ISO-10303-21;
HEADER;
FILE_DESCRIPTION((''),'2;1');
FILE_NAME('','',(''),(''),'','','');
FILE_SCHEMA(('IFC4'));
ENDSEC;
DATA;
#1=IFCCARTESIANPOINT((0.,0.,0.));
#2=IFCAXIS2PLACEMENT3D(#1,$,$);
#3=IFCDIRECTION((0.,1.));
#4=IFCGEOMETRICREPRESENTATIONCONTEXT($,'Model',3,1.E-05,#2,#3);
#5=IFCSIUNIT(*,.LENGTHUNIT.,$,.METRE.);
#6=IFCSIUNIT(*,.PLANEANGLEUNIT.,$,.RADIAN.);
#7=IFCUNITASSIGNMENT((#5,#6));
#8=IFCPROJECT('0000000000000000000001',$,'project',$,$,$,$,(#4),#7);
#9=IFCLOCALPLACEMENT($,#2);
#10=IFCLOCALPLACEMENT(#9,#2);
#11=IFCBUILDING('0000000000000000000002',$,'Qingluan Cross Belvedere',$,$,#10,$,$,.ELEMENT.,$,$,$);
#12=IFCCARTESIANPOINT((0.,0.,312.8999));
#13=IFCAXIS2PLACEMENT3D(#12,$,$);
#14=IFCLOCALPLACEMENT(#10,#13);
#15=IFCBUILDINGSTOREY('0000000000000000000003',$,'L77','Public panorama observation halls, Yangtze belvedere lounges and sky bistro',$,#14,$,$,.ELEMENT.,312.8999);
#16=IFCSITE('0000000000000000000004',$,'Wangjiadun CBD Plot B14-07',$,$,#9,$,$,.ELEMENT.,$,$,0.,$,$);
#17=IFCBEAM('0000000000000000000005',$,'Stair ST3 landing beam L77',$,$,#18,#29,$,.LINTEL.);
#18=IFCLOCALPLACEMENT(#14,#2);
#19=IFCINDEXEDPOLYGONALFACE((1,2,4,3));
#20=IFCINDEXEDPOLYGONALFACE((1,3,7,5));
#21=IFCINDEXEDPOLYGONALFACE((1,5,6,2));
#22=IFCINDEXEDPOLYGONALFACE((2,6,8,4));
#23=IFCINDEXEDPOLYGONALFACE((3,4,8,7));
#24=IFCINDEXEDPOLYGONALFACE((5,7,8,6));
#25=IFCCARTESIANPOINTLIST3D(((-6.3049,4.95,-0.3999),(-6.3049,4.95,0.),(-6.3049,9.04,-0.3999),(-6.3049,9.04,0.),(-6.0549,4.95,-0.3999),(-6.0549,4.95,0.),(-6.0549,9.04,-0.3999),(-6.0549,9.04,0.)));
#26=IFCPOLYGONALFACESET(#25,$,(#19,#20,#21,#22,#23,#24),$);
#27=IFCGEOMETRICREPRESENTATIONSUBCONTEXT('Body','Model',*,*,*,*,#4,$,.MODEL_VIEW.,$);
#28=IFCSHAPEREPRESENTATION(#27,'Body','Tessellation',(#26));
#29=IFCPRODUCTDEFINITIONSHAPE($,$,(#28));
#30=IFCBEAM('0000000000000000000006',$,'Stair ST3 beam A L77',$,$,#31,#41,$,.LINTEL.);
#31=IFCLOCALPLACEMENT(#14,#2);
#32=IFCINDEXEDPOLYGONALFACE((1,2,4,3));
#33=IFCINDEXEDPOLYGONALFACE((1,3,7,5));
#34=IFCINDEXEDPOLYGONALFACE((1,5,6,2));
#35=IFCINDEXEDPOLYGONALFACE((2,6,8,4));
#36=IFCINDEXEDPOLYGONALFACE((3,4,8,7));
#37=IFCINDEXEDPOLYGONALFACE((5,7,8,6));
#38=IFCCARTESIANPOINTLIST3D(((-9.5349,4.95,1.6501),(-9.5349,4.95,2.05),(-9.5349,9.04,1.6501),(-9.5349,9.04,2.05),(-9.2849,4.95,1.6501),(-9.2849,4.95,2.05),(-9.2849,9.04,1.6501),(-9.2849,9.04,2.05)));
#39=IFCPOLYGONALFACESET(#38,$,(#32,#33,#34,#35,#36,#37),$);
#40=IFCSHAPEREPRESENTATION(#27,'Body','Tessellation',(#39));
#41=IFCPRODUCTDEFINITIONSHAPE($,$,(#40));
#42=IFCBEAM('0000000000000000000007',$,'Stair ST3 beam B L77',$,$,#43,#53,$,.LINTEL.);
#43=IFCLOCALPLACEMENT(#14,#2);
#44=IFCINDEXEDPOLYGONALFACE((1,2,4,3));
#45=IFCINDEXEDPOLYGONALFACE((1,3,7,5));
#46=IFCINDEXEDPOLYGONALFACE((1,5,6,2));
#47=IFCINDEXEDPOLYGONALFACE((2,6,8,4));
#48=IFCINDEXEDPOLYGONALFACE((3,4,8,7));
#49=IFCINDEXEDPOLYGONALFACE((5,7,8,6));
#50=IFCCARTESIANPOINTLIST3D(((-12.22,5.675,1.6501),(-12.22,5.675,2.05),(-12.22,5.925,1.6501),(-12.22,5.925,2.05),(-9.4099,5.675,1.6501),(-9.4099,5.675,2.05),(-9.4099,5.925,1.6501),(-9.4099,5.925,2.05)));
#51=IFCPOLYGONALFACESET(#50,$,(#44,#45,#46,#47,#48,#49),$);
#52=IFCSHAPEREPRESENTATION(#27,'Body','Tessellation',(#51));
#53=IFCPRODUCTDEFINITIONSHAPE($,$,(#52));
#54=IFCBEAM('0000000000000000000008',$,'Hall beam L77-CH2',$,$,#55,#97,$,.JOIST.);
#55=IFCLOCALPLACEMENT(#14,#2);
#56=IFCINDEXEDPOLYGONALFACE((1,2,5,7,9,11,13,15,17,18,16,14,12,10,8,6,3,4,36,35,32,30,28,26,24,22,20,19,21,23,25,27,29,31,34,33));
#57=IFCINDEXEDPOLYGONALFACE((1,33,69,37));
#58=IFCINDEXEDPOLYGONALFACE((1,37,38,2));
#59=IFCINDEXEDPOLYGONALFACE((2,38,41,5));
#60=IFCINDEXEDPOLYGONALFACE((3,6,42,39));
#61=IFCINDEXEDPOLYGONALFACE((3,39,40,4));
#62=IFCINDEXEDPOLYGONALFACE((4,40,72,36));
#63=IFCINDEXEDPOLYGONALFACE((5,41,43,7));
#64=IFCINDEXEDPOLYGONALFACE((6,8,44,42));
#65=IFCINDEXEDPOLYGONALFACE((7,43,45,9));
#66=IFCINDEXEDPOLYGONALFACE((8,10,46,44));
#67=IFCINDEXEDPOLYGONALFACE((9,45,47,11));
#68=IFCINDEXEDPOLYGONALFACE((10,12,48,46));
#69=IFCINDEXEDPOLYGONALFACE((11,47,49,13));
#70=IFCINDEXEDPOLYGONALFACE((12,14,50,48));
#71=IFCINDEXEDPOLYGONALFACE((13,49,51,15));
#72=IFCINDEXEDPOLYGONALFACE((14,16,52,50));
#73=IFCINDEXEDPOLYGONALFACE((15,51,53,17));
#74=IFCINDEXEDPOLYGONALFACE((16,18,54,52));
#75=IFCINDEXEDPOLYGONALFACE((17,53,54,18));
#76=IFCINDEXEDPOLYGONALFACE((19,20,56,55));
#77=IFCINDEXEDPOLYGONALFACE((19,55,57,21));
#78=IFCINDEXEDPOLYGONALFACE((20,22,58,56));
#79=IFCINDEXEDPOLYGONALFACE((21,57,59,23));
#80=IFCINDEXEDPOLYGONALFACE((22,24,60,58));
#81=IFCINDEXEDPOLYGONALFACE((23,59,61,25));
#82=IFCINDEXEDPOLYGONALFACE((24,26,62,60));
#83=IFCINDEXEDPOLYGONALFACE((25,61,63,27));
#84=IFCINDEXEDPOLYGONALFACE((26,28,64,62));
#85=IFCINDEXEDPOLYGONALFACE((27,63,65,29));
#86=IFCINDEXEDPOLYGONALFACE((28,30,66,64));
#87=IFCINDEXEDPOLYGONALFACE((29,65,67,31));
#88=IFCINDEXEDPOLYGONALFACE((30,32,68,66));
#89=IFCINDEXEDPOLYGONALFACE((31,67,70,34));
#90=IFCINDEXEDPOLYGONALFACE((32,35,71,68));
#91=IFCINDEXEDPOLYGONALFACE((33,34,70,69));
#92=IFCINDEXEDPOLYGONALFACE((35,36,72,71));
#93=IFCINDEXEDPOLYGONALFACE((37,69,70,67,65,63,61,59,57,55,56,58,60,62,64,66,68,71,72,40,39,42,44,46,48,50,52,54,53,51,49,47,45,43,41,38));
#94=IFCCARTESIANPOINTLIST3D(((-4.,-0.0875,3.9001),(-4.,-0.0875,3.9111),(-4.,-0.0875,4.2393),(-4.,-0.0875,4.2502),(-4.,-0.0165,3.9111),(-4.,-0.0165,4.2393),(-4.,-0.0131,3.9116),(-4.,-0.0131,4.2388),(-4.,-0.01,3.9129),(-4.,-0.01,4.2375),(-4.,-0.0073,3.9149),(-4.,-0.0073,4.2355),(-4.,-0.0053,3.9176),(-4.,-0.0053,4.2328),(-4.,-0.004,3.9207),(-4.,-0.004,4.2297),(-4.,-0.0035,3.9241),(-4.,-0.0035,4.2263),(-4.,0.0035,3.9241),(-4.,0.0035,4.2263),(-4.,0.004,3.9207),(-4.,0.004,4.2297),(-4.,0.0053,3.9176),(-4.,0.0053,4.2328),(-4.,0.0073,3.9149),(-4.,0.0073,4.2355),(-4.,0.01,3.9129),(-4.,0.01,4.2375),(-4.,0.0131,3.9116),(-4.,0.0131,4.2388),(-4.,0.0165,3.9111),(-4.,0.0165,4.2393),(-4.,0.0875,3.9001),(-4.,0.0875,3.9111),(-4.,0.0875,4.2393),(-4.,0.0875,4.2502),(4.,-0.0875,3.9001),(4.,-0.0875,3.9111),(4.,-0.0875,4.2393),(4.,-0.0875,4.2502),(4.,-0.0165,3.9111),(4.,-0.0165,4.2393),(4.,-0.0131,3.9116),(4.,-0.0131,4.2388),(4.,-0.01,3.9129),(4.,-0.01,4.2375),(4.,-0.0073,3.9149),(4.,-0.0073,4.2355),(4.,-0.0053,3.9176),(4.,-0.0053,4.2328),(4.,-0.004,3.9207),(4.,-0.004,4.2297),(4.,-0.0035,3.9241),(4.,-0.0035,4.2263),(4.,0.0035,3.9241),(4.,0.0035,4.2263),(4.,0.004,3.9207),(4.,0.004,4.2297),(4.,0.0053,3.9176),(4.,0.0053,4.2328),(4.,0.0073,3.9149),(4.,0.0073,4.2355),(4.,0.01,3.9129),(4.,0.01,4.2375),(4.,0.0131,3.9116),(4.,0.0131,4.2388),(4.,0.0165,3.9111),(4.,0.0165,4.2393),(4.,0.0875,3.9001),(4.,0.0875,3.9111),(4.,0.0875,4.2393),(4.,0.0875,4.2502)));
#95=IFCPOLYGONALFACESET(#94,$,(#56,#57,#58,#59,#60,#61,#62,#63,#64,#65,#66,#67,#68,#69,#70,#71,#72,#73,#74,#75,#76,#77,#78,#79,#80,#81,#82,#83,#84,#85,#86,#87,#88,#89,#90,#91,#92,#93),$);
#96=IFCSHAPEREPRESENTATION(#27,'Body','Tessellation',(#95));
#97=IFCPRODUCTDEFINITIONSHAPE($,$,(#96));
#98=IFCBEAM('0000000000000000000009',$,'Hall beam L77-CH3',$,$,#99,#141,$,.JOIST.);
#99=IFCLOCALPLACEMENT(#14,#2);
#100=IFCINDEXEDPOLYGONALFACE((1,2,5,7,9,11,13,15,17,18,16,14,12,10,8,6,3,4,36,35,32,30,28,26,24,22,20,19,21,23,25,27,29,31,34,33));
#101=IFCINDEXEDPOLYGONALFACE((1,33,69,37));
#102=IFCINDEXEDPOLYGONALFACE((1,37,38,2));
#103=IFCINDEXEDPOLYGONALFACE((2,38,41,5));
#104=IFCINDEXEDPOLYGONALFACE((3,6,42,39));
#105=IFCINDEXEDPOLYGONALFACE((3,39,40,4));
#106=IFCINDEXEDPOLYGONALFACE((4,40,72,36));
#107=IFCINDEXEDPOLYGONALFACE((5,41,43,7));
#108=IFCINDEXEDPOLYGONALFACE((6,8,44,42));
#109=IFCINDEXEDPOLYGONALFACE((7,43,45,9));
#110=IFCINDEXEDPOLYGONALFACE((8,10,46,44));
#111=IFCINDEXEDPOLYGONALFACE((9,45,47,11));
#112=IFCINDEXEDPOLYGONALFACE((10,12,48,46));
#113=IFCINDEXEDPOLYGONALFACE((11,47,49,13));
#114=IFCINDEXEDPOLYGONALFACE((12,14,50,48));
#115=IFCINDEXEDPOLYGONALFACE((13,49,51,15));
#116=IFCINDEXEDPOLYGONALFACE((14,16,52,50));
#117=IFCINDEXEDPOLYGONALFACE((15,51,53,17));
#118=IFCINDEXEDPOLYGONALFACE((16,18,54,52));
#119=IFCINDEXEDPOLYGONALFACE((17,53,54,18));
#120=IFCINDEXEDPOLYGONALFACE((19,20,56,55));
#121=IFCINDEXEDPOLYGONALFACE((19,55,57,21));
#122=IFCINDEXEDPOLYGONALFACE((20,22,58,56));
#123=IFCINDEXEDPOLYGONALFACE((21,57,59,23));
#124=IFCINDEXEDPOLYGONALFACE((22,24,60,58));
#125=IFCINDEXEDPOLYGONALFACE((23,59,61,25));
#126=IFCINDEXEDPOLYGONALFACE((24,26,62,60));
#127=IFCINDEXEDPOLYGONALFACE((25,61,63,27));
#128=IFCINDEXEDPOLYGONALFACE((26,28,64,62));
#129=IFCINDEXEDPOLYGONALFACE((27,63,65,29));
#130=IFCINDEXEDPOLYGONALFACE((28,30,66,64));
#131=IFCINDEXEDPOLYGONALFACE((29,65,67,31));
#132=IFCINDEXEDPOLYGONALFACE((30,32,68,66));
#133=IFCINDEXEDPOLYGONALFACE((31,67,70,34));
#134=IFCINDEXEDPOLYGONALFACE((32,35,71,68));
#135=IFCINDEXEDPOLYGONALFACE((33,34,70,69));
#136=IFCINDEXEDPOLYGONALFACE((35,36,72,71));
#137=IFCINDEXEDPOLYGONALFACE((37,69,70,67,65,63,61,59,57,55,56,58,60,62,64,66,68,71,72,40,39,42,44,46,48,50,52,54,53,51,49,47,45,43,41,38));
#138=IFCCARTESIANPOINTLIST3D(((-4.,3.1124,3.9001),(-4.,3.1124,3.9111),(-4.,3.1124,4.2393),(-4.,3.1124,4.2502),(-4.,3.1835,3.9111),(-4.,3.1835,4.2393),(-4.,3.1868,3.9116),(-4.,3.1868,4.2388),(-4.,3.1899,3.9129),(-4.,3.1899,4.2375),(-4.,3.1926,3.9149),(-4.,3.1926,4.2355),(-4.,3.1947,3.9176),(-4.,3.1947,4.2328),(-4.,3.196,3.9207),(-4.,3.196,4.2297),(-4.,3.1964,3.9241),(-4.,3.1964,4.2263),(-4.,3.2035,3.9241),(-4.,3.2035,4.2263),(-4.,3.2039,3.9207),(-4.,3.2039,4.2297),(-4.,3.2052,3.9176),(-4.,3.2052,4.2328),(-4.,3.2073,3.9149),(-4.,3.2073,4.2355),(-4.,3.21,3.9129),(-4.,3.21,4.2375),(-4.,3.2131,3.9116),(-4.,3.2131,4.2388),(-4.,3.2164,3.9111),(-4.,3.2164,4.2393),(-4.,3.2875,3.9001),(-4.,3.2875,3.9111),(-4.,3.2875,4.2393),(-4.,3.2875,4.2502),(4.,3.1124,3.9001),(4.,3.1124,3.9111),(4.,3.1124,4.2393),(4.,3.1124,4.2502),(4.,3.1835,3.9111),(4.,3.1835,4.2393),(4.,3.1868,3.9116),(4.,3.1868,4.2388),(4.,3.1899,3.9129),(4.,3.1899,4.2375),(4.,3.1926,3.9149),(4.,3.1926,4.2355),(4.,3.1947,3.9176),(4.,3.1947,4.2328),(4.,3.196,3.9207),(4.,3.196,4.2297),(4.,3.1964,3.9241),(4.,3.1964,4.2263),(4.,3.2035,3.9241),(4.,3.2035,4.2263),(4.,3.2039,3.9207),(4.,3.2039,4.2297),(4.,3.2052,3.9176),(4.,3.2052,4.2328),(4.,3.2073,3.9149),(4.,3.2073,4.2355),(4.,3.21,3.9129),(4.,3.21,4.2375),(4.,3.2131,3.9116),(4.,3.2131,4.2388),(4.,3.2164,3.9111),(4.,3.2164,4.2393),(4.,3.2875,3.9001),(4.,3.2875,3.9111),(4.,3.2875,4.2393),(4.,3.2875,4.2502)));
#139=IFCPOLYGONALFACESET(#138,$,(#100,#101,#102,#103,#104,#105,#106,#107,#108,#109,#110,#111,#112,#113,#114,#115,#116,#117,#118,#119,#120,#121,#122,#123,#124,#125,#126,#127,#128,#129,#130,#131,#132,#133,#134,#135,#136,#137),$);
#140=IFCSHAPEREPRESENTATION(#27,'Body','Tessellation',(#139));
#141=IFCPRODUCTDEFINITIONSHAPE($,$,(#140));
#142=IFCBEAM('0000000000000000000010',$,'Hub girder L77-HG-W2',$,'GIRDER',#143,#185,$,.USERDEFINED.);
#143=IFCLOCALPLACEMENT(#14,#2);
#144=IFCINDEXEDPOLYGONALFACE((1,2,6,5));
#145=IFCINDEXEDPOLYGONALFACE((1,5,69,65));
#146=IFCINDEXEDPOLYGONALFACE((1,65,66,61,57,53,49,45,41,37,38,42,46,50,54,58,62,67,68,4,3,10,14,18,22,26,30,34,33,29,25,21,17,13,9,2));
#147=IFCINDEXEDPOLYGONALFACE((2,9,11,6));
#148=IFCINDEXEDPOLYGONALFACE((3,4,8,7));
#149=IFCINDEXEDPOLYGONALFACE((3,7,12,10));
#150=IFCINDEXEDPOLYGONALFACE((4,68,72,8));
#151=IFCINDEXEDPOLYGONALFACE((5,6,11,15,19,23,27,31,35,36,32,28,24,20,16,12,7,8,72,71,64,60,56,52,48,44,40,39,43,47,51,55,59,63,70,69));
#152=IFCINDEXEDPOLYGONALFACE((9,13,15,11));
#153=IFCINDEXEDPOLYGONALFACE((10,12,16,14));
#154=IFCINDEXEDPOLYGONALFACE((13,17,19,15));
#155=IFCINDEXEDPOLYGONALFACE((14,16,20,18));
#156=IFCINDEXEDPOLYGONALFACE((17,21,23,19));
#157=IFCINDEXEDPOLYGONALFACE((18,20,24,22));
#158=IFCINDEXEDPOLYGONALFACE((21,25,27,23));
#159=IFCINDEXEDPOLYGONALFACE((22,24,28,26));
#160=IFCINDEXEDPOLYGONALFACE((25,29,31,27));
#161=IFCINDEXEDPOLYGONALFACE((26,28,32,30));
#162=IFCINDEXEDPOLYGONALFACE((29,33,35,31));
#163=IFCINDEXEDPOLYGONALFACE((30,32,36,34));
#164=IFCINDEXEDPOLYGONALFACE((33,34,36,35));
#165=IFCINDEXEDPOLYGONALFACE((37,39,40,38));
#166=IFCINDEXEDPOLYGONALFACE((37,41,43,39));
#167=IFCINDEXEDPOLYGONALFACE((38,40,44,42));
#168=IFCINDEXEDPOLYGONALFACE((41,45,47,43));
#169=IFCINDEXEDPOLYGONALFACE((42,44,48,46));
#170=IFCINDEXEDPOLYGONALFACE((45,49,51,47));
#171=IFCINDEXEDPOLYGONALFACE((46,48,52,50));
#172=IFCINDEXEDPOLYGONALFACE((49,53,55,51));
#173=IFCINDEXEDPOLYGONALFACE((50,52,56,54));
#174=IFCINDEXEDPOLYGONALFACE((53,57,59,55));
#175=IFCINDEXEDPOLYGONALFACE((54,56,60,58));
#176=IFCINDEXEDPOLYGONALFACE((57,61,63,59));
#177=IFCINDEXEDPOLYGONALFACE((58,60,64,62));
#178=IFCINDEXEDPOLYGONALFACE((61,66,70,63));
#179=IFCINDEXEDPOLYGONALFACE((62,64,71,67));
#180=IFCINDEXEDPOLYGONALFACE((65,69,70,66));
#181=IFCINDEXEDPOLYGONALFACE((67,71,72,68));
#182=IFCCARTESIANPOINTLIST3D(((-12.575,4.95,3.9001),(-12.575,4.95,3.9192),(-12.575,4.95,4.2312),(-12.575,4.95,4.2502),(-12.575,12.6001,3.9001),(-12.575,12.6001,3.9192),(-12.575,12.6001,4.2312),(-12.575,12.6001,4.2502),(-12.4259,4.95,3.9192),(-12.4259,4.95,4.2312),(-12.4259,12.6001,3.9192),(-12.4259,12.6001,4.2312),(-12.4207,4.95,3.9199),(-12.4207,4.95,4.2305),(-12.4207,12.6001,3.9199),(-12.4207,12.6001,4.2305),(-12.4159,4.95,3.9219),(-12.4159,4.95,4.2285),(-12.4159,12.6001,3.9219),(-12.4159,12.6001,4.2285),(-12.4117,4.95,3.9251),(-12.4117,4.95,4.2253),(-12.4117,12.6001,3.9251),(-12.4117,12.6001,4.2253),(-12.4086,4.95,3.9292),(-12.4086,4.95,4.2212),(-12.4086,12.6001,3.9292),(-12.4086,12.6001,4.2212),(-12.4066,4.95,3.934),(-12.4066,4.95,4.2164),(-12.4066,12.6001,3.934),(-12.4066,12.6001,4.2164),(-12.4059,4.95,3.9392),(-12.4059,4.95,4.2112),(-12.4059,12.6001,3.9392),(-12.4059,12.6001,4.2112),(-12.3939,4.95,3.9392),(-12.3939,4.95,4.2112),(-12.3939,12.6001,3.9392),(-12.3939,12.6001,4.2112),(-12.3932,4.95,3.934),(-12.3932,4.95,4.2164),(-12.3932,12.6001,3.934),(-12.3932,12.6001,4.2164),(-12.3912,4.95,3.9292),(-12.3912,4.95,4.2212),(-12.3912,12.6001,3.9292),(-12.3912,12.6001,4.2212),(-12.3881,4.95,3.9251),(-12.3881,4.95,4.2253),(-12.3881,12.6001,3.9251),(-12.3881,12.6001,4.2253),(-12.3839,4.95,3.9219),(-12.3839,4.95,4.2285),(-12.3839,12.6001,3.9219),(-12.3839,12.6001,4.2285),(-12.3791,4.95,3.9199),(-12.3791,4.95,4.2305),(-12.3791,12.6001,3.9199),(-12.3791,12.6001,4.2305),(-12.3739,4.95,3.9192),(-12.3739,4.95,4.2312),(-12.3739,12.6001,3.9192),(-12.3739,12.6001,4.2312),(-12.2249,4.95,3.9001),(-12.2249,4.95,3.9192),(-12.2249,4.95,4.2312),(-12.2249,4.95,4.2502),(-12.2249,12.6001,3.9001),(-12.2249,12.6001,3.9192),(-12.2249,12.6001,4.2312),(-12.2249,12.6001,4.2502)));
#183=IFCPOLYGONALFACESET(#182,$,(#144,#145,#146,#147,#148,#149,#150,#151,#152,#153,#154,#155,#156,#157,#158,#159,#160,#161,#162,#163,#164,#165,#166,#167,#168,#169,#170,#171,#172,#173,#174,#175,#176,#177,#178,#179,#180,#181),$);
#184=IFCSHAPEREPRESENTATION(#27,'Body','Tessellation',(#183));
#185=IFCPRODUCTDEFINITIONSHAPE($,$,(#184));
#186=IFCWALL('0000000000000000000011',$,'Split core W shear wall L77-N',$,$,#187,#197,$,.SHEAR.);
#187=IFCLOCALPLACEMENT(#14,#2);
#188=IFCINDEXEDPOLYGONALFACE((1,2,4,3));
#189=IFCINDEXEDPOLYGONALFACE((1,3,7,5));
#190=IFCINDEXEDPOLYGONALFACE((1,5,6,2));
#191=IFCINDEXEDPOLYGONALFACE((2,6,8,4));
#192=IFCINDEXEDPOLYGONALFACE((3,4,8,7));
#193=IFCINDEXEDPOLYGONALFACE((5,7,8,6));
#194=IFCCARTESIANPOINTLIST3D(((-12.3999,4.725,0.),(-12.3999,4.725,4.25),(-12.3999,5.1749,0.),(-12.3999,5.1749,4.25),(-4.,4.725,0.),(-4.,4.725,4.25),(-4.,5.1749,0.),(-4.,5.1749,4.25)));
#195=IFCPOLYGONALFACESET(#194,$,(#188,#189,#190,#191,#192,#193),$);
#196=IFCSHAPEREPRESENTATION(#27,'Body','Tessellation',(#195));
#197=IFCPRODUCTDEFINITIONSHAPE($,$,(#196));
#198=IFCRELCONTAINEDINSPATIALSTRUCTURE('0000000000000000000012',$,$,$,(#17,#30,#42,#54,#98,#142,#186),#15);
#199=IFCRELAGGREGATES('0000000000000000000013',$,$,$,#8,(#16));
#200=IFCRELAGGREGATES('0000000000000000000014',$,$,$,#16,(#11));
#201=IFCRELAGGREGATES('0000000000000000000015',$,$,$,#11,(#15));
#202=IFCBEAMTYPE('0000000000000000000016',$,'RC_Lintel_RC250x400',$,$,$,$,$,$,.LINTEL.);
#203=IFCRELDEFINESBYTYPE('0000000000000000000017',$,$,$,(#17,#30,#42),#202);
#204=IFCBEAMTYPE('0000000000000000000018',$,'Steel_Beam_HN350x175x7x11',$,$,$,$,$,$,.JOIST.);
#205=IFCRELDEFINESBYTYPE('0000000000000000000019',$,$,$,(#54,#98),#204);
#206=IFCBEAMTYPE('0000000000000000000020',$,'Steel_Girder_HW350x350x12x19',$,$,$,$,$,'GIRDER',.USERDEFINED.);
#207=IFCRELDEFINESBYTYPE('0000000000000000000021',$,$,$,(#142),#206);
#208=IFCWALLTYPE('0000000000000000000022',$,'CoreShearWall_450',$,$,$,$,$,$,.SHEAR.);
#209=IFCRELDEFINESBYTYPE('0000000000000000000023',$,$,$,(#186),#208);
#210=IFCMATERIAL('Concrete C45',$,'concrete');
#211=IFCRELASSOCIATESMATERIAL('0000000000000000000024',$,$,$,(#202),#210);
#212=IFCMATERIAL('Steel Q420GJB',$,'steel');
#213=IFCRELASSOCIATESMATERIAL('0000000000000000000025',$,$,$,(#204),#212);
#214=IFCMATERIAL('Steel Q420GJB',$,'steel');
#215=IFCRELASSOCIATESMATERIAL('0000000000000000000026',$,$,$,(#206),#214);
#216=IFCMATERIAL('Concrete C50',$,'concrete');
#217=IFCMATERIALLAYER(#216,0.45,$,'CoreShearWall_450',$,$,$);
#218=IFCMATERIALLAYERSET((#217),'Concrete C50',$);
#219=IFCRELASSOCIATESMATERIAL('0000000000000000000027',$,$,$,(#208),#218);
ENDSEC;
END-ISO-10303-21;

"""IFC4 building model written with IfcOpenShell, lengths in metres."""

from ifc_helpers import new_model, si_unit, direction, frame, frame_2d, origin, origin_2d, place, context, subcontext, project, spatial, rectangle, i_section, extrude, material, layer, layer_set, material_profile, profile_set, type_object, element, save


model = new_model("IFC4")

# Units and contexts
model_context = context("Model", 3, precision=1e-05, world=origin(), true_north=direction((0.0, 1.0)))
body_context = subcontext(model_context, "Body", "Model", "MODEL_VIEW")
ifc_project = project(units=[si_unit("LENGTHUNIT", "METRE"), si_unit("PLANEANGLEUNIT", "RADIAN")], contexts=[model_context])

# Site, building, storey
site_placement = place(None, origin())
site = spatial("IfcSite", under=ifc_project, at=site_placement, Name="Wangjiadun CBD Plot B14-07", CompositionType="ELEMENT", RefElevation=0.0)
building_placement = place(site_placement, origin())
building = spatial("IfcBuilding", under=site, at=building_placement, Name="Qingluan Cross Belvedere", CompositionType="ELEMENT")
storey_placement = place(building_placement, frame((0.0, 0.0, 312.8999)))
storey = spatial("IfcBuildingStorey", under=building, at=storey_placement, Name="L77", Description="Public panorama observation halls, Yangtze belvedere lounges and sky bistro", CompositionType="ELEMENT", Elevation=312.8999)

# Beams
ifc_material_1 = material(Name="Concrete C45", Category="concrete")
ifc_material_profile_1 = material_profile(ifc_material_1, rectangle(XDim=0.25, YDim=0.3999, at=origin_2d()), Name="RC250x400")
ifc_profile_set_1 = profile_set([ifc_material_profile_1], Name="Concrete C45")
beam_type_1 = type_object("IfcBeamType", Name="RC_Lintel_RC250x400", PredefinedType="LINTEL", material=ifc_profile_set_1)
for number, where, z_axis, x_axis, name in (
    (1, (-6.1799, 4.95, -0.2), (0.0, 1.0, 0.0), (-1.0, 0.0, 0.0), "Stair ST3 landing beam L77"),
    (2, (-9.4099, 4.95, 1.8501), (0.0, 1.0, 0.0), (-1.0, 0.0, 0.0), "Stair ST3 beam A L77"),
):
    element("IfcBeam", number, at=place(storey_placement, frame(where, z_axis=z_axis, x_axis=x_axis)), inside=storey, type_object=beam_type_1, Name=name, PredefinedType="LINTEL", context=body_context, shape_type="SweptSolid", body=[
        extrude(rectangle(XDim=0.25, YDim=0.3999, at=origin_2d()), origin(), (0.0, 0.0, 1.0), 4.0901),
    ])
beam_1_placement = place(storey_placement, frame((-12.22, 5.8, 1.8501), z_axis=(1.0, 0.0, 0.0), x_axis=(0.0, 1.0, 0.0)))
element("IfcBeam", 3, at=beam_1_placement, inside=storey, type_object=beam_type_1, Name="Stair ST3 beam B L77", PredefinedType="LINTEL", context=body_context, shape_type="SweptSolid", body=[
    extrude(rectangle(XDim=0.25, YDim=0.3999, at=origin_2d()), origin(), (0.0, 0.0, 1.0), 2.8101),
])
ifc_material_2 = material(Name="Steel Q420GJB", Category="steel")
ifc_material_profile_2 = material_profile(ifc_material_2, i_section(OverallWidth=0.175, OverallDepth=0.3501, WebThickness=0.0071, FlangeThickness=0.011, FilletRadius=0.0129, at=origin_2d()), Name="HN350x175x7x11")
ifc_profile_set_2 = profile_set([ifc_material_profile_2], Name="Steel Q420GJB")
beam_type_2 = type_object("IfcBeamType", Name="Steel_Beam_HN350x175x7x11", PredefinedType="JOIST", material=ifc_profile_set_2)
for number, where, z_axis, x_axis, name in (
    (4, (-4.0, 0.0, 4.0752), (1.0, 0.0, 0.0), (0.0, 1.0, 0.0), "Hall beam L77-CH2"),
    (5, (-4.0, 3.2, 4.0752), (1.0, 0.0, 0.0), (0.0, 1.0, 0.0), "Hall beam L77-CH3"),
):
    element("IfcBeam", number, at=place(storey_placement, frame(where, z_axis=z_axis, x_axis=x_axis)), inside=storey, type_object=beam_type_2, Name=name, PredefinedType="JOIST", context=body_context, shape_type="SweptSolid", body=[
        extrude(i_section(OverallWidth=0.175, OverallDepth=0.3501, WebThickness=0.0071, FlangeThickness=0.011, FilletRadius=0.0129, at=origin_2d()), origin(), (0.0, 0.0, 1.0), 8.0),
    ])
ifc_material_3 = material(Name="Steel Q420GJB", Category="steel")
ifc_material_profile_3 = material_profile(ifc_material_3, i_section(OverallWidth=0.3501, OverallDepth=0.3501, WebThickness=0.012, FlangeThickness=0.019, FilletRadius=0.02, at=origin_2d()), Name="HW350x350x12x19")
ifc_profile_set_3 = profile_set([ifc_material_profile_3], Name="Steel Q420GJB")
beam_type_3 = type_object("IfcBeamType", Name="Steel_Girder_HW350x350x12x19", ElementType="GIRDER", PredefinedType="USERDEFINED", material=ifc_profile_set_3)
beam_2_placement = place(storey_placement, frame((-12.3999, 4.95, 4.0752), z_axis=(0.0, 1.0, 0.0), x_axis=(-1.0, 0.0, 0.0)))
element("IfcBeam", 6, at=beam_2_placement, inside=storey, type_object=beam_type_3, Name="Hub girder L77-HG-W2", ObjectType="GIRDER", PredefinedType="USERDEFINED", context=body_context, shape_type="SweptSolid", body=[
    extrude(i_section(OverallWidth=0.3501, OverallDepth=0.3501, WebThickness=0.012, FlangeThickness=0.019, FilletRadius=0.02, at=origin_2d()), origin(), (0.0, 0.0, 1.0), 7.6501),
])

# Wall
ifc_material_4 = material(Name="Concrete C50", Category="concrete")
ifc_layer_1 = layer(ifc_material_4, 0.45, Name="CoreShearWall_450")
ifc_layer_set_1 = layer_set([ifc_layer_1], Name="Concrete C50")
wall_type_1 = type_object("IfcWallType", Name="CoreShearWall_450", PredefinedType="SHEAR", material=ifc_layer_set_1)
wall_1_placement = place(storey_placement, frame((-12.3999, 4.95, 0.0), z_axis=(0.0, 0.0, 1.0), x_axis=(1.0, 0.0, 0.0)))
element("IfcWall", 7, at=wall_1_placement, inside=storey, type_object=wall_type_1, Name="Split core W shear wall L77-N", PredefinedType="SHEAR", context=body_context, shape_type="SweptSolid", body=[
    extrude(rectangle(XDim=8.3999, YDim=0.45, at=frame_2d((4.2, 0.0))), origin(), (0.0, 0.0, 1.0), 4.25),
])

save(model, "model.ifc")
